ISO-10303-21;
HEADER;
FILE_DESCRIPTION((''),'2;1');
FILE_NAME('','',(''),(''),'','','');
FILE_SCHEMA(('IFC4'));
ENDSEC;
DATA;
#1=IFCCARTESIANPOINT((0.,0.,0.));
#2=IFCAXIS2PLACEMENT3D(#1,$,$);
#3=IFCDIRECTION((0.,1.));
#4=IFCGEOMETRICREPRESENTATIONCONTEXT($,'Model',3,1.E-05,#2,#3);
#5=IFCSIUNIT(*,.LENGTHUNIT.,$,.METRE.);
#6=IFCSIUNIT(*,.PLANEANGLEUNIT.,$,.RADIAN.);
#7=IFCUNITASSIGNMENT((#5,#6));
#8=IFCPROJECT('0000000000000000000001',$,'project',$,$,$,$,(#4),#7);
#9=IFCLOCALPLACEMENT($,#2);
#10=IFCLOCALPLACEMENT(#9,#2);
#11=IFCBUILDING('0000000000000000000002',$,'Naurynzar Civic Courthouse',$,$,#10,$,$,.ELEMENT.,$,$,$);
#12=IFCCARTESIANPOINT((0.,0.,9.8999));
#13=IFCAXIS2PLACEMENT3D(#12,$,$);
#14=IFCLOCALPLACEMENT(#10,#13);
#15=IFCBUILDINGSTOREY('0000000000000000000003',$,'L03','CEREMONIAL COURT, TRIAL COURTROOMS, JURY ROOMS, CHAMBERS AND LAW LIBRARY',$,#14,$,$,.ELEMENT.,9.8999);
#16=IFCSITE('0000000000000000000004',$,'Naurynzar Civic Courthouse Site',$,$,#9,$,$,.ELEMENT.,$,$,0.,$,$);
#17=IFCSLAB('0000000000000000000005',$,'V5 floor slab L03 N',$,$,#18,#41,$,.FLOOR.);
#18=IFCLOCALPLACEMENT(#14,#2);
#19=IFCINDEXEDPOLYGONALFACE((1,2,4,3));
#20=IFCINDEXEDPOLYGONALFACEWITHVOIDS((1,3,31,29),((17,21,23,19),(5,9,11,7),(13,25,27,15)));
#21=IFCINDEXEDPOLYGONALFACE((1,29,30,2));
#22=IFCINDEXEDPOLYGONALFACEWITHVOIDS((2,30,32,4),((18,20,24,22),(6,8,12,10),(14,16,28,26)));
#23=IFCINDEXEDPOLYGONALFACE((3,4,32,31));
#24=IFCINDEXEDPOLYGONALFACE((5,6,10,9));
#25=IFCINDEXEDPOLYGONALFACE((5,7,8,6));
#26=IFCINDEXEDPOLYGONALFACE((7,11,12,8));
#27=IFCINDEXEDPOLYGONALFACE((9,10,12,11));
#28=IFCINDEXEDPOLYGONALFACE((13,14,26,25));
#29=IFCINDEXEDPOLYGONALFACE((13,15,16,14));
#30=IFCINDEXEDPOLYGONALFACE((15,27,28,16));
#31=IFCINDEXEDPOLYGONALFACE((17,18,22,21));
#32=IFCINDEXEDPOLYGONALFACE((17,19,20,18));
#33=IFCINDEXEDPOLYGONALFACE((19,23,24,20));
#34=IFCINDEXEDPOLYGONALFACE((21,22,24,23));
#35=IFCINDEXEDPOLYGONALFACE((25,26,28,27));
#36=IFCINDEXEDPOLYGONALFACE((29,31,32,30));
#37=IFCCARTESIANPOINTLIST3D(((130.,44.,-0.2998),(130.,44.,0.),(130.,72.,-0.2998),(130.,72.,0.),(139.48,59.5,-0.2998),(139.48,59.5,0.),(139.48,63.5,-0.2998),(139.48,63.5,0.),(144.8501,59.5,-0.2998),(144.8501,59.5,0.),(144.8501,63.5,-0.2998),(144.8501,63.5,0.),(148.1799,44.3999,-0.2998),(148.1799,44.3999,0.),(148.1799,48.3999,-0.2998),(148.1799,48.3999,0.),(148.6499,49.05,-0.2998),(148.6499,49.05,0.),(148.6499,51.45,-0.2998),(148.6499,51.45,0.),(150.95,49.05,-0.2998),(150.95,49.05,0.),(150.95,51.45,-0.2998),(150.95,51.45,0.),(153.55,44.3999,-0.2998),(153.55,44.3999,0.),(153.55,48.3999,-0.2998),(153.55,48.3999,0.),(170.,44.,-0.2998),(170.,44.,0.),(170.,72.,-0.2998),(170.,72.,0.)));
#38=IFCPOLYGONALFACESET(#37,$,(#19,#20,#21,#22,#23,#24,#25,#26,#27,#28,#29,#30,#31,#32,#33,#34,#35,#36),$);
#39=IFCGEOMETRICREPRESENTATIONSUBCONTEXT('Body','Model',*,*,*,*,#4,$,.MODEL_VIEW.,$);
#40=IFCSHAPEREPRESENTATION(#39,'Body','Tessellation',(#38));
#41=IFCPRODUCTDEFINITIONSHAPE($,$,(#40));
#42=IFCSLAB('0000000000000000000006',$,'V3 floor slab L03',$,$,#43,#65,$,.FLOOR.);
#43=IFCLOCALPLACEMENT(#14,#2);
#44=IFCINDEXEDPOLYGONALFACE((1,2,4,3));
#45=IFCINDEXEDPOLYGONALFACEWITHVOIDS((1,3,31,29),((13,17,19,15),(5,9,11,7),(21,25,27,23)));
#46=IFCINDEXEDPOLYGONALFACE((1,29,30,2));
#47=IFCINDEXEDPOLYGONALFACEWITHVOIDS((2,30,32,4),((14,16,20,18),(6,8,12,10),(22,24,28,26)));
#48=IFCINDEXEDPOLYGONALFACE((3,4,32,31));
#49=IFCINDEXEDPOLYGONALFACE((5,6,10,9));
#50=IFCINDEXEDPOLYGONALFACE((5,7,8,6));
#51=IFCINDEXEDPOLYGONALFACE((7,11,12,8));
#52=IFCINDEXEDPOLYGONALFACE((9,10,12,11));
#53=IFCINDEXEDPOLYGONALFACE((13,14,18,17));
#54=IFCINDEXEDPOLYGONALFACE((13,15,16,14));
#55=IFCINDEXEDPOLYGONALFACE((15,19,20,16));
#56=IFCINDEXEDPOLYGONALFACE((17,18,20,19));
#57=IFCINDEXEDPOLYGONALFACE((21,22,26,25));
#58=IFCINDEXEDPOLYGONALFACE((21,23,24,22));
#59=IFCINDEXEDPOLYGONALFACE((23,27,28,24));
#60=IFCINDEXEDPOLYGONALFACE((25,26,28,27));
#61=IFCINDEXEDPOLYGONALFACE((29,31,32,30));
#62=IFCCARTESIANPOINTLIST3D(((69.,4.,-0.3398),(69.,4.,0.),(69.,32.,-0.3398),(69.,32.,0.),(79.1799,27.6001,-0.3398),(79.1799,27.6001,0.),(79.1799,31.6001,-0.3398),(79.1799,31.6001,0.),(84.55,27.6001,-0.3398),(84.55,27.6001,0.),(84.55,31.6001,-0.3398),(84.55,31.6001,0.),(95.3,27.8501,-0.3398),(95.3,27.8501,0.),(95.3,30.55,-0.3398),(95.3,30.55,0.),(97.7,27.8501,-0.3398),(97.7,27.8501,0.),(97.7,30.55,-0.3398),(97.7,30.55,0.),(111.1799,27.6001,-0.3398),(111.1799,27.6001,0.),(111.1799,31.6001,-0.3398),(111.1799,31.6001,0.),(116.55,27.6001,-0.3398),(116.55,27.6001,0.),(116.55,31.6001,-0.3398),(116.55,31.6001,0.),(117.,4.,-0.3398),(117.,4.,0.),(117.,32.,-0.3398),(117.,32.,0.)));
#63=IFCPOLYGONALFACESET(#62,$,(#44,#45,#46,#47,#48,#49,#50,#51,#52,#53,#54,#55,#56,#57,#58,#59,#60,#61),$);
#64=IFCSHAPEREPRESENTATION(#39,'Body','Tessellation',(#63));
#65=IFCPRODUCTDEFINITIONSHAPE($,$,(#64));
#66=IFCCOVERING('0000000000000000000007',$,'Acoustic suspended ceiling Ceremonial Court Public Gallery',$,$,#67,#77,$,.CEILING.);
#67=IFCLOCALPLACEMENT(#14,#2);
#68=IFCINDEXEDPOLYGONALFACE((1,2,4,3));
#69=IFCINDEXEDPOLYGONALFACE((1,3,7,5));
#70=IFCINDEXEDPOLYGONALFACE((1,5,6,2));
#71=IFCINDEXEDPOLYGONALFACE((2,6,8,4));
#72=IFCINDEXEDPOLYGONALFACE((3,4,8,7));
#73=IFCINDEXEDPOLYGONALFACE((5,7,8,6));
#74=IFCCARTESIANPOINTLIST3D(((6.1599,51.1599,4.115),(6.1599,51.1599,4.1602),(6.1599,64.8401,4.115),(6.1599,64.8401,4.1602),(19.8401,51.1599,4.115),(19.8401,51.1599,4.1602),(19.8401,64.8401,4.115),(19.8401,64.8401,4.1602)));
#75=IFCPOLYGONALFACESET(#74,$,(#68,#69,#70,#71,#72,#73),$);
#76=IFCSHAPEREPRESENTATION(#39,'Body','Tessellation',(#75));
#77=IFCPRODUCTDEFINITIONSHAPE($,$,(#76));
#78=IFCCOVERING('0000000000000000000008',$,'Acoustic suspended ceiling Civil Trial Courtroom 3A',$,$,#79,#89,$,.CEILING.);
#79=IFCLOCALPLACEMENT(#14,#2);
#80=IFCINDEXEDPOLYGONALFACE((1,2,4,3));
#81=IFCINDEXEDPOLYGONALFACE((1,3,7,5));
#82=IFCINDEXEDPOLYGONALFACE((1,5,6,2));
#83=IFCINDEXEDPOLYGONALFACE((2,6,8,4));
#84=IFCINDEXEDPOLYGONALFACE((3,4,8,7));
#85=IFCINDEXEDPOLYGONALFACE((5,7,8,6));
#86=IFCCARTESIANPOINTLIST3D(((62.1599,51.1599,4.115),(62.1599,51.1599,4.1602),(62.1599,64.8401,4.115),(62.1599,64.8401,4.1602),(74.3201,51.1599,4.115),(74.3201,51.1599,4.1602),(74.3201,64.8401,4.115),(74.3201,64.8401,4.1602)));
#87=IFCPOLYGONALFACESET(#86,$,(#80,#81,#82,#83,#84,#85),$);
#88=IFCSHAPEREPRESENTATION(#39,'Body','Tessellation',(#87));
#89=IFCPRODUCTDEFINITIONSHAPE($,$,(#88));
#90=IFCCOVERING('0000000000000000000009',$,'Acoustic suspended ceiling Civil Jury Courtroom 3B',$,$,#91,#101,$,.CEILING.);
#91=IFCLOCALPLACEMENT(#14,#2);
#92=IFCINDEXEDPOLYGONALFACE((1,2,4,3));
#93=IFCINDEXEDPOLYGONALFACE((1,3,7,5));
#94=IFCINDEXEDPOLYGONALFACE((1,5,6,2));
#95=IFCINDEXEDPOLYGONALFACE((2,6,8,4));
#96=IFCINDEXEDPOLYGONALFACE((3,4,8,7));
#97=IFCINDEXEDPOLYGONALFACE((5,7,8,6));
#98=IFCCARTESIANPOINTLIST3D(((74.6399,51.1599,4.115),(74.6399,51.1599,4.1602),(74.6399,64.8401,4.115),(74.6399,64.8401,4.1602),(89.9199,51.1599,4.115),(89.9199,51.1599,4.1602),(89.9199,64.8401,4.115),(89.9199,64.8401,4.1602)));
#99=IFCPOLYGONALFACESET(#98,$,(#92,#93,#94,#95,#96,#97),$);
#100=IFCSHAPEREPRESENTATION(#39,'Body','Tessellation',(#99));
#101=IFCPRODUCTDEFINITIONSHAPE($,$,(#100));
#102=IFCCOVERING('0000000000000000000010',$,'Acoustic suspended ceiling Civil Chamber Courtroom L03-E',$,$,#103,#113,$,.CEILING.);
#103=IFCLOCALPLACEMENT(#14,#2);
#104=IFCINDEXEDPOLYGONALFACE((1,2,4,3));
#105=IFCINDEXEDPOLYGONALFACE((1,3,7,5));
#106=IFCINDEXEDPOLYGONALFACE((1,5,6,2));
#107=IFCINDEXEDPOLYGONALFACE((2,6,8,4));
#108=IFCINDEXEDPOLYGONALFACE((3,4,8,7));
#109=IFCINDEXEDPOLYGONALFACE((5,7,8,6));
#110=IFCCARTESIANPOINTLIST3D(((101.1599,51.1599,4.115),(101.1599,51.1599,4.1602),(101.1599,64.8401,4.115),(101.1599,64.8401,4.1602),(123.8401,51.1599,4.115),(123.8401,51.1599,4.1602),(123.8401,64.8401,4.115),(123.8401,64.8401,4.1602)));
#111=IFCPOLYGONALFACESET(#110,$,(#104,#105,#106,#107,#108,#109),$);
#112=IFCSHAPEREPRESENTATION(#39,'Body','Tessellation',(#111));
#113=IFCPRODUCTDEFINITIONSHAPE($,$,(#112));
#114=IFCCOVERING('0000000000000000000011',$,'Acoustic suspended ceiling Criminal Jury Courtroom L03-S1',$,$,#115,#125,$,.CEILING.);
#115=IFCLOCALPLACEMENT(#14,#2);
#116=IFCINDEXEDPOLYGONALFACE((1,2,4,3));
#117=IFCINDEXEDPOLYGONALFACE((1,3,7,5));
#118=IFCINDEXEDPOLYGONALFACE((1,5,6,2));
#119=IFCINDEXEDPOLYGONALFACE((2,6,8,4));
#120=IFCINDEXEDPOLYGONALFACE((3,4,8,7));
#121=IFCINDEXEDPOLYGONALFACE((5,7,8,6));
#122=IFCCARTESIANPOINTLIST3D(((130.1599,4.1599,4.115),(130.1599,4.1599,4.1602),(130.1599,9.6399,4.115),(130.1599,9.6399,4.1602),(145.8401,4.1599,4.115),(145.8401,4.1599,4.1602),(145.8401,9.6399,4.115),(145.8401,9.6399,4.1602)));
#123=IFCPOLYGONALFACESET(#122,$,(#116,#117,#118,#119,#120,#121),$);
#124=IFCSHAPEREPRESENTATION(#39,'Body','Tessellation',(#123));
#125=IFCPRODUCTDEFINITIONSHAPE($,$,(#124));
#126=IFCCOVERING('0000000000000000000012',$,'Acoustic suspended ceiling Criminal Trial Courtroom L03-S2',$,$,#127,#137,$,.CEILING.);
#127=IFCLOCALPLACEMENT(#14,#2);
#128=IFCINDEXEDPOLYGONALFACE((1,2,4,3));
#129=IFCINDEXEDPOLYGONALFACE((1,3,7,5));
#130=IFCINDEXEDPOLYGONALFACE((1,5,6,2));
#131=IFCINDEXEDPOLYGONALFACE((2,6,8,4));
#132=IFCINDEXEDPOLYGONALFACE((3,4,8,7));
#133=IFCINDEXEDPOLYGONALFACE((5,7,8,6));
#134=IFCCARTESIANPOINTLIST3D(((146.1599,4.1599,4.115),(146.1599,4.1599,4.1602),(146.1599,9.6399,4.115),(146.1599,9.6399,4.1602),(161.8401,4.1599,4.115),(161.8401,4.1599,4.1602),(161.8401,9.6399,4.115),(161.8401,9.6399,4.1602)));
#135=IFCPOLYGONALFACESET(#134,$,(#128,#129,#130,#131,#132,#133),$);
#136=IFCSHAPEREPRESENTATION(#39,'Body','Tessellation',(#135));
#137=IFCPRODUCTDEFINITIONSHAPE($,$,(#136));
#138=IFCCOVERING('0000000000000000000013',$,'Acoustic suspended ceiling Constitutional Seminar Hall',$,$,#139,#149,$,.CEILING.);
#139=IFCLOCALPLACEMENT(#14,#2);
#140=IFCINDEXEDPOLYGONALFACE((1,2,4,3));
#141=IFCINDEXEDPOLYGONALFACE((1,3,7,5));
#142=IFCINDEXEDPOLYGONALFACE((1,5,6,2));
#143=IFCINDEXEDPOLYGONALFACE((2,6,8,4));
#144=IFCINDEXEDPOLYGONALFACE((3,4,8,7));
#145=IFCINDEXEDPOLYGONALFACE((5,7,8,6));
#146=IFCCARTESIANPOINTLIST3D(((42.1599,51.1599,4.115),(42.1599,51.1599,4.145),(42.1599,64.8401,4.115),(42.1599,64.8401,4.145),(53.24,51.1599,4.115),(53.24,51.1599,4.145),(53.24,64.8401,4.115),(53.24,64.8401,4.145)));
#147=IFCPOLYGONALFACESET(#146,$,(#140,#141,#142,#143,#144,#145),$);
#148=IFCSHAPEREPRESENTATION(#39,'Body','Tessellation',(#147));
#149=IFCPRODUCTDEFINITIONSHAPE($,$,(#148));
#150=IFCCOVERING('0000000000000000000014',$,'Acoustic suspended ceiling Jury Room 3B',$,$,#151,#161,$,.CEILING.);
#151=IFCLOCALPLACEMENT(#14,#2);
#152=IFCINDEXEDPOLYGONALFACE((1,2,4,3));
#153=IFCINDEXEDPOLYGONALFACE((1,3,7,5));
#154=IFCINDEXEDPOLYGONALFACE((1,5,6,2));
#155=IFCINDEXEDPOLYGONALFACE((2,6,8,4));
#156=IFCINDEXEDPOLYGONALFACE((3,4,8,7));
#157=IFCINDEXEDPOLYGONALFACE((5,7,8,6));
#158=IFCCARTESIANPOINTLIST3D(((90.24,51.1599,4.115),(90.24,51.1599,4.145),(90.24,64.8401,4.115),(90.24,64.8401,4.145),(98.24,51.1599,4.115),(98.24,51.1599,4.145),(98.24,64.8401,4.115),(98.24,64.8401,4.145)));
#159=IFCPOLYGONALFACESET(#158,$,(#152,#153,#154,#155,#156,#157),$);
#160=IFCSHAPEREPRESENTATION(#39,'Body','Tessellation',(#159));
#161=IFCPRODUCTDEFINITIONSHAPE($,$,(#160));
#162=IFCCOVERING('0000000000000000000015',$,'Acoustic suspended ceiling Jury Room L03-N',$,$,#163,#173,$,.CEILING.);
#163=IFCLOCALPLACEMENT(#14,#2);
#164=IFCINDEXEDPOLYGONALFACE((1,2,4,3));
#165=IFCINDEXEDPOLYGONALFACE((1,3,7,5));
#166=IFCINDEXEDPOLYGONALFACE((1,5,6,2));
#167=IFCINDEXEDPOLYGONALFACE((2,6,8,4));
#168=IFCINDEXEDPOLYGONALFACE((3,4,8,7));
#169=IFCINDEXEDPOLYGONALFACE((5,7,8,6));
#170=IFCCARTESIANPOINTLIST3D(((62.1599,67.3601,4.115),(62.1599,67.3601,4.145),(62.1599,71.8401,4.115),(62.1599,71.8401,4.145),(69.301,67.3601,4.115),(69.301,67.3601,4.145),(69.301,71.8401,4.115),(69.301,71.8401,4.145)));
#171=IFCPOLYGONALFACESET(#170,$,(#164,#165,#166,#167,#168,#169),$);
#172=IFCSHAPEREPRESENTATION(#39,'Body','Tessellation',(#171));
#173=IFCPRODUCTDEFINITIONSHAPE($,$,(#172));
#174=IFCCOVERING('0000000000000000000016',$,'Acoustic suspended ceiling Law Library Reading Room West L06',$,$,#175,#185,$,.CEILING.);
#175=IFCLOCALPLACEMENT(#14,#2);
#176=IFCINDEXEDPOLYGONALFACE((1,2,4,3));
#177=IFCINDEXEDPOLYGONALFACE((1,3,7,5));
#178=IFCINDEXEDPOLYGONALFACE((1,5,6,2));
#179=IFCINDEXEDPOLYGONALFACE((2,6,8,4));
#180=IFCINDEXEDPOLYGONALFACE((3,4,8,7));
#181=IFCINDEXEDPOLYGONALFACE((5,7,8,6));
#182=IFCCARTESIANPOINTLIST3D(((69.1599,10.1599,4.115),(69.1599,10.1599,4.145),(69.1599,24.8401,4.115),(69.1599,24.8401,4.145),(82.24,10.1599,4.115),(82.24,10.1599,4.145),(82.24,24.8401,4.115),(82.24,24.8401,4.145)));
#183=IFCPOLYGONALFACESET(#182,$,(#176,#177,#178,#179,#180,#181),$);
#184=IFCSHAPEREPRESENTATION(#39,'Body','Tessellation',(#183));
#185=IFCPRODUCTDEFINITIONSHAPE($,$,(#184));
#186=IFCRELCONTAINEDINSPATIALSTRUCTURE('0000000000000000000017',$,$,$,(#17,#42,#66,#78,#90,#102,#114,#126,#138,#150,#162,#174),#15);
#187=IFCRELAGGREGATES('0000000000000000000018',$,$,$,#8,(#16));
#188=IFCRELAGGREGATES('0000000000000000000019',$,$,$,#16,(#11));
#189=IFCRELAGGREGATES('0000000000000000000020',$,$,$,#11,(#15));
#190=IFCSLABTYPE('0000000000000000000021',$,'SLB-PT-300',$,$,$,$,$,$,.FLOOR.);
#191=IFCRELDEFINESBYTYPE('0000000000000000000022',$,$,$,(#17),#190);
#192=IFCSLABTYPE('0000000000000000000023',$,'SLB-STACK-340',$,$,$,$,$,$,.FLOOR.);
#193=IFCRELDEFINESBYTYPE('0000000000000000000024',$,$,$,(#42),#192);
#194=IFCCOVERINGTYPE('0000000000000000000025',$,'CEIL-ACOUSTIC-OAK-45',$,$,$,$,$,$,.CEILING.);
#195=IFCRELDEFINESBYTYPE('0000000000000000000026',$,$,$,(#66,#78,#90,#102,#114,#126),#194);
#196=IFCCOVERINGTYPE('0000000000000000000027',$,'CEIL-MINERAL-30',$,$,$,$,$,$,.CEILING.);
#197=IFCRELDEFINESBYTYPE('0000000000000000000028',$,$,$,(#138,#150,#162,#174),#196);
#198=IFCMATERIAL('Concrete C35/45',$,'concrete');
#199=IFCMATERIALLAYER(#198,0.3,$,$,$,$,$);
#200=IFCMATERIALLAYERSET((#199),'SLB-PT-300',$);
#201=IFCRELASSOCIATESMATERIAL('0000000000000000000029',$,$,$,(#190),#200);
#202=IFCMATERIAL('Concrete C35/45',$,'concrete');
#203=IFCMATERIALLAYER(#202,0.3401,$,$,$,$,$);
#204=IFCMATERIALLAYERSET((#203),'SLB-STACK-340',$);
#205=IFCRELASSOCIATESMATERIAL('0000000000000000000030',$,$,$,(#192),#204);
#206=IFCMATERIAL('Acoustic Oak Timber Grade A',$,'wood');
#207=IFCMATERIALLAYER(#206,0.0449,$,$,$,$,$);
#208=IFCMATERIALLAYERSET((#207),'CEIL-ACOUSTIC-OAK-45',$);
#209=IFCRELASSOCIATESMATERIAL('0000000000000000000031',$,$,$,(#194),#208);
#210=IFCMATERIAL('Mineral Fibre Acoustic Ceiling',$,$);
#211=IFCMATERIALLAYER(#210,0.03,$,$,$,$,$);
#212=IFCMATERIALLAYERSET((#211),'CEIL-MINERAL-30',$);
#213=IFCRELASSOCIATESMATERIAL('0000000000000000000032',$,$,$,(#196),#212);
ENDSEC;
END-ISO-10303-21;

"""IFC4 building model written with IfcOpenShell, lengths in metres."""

from ifc_helpers import new_model, si_unit, direction, frame, origin, place, context, subcontext, project, spatial, polyline, outline, extrude, material, layer, layer_set, type_object, element, save


model = new_model("IFC4")

# Units and contexts
model_context = context("Model", 3, precision=1e-05, world=origin(), true_north=direction((0.0, 1.0)))
body_context = subcontext(model_context, "Body", "Model", "MODEL_VIEW")
ifc_project = project(units=[si_unit("LENGTHUNIT", "METRE"), si_unit("PLANEANGLEUNIT", "RADIAN")], contexts=[model_context])

# Site, building, storey
site_placement = place(None, origin())
site = spatial("IfcSite", under=ifc_project, at=site_placement, Name="Naurynzar Civic Courthouse Site", CompositionType="ELEMENT", RefElevation=0.0)
building_placement = place(site_placement, origin())
building = spatial("IfcBuilding", under=site, at=building_placement, Name="Naurynzar Civic Courthouse", CompositionType="ELEMENT")
storey_placement = place(building_placement, frame((0.0, 0.0, 9.8999)))
storey = spatial("IfcBuildingStorey", under=building, at=storey_placement, Name="L03", Description="CEREMONIAL COURT, TRIAL COURTROOMS, JURY ROOMS, CHAMBERS AND LAW LIBRARY", CompositionType="ELEMENT", Elevation=9.8999)

# Slabs
ifc_material_1 = material(Name="Concrete C35/45", Category="concrete")
ifc_layer_1 = layer(ifc_material_1, 0.3)
ifc_layer_set_1 = layer_set([ifc_layer_1], Name="SLB-PT-300")
slab_type_1 = type_object("IfcSlabType", Name="SLB-PT-300", PredefinedType="FLOOR", material=ifc_layer_set_1)
slab_1_placement = place(storey_placement, frame((0.0, 0.0, -0.2998)))
element("IfcSlab", 1, at=slab_1_placement, inside=storey, type_object=slab_type_1, Name="V5 floor slab L03 N", PredefinedType="FLOOR", context=body_context, shape_type="SweptSolid", body=[
    extrude(outline(polyline([(170.0, 44.0), (170.0, 72.0), (130.0, 72.0), (130.0, 44.0), (170.0, 44.0)]), holes=[polyline([(139.48, 59.5), (144.8501, 59.5), (144.8501, 63.5), (139.48, 63.5), (139.48, 59.5)]), polyline([(148.1799, 44.3999), (153.55, 44.3999), (153.55, 48.3999), (148.1799, 48.3999), (148.1799, 44.3999)]), polyline([(148.6499, 49.05), (150.95, 49.05), (150.95, 51.45), (148.6499, 51.45), (148.6499, 49.05)])]), origin(), (0.0, 0.0, 1.0), 0.2998),
])
ifc_material_2 = material(Name="Concrete C35/45", Category="concrete")
ifc_layer_2 = layer(ifc_material_2, 0.3401)
ifc_layer_set_2 = layer_set([ifc_layer_2], Name="SLB-STACK-340")
slab_type_2 = type_object("IfcSlabType", Name="SLB-STACK-340", PredefinedType="FLOOR", material=ifc_layer_set_2)
slab_2_placement = place(storey_placement, frame((0.0, 0.0, -0.3398)))
element("IfcSlab", 2, at=slab_2_placement, inside=storey, type_object=slab_type_2, Name="V3 floor slab L03", PredefinedType="FLOOR", context=body_context, shape_type="SweptSolid", body=[
    extrude(outline(polyline([(117.0, 4.0), (117.0, 32.0), (69.0, 32.0), (69.0, 4.0), (117.0, 4.0)]), holes=[polyline([(79.1799, 27.6001), (84.55, 27.6001), (84.55, 31.6001), (79.1799, 31.6001), (79.1799, 27.6001)]), polyline([(111.1799, 27.6001), (116.55, 27.6001), (116.55, 31.6001), (111.1799, 31.6001), (111.1799, 27.6001)]), polyline([(95.3, 27.8501), (97.7, 27.8501), (97.7, 30.55), (95.3, 30.55), (95.3, 27.8501)])]), origin(), (0.0, 0.0, 1.0), 0.3398),
])

# Coverings
ifc_material_3 = material(Name="Acoustic Oak Timber Grade A", Category="wood")
ifc_layer_3 = layer(ifc_material_3, 0.0449)
ifc_layer_set_3 = layer_set([ifc_layer_3], Name="CEIL-ACOUSTIC-OAK-45")
covering_type_1 = type_object("IfcCoveringType", Name="CEIL-ACOUSTIC-OAK-45", PredefinedType="CEILING", material=ifc_layer_set_3)
covering_1_placement = place(storey_placement, frame((0.0, 0.0, 4.115)))
element("IfcCovering", 3, at=covering_1_placement, inside=storey, type_object=covering_type_1, Name="Acoustic suspended ceiling Ceremonial Court Public Gallery", PredefinedType="CEILING", context=body_context, shape_type="SweptSolid", body=[
    extrude(outline(polyline([(6.1599, 64.8401), (19.8401, 64.8401), (19.8401, 51.1599), (6.1599, 51.1599), (6.1599, 64.8401)])), origin(), (0.0, 0.0, 1.0), 0.0452),
])
covering_2_placement = place(storey_placement, frame((0.0, 0.0, 4.115)))
element("IfcCovering", 4, at=covering_2_placement, inside=storey, type_object=covering_type_1, Name="Acoustic suspended ceiling Civil Trial Courtroom 3A", PredefinedType="CEILING", context=body_context, shape_type="SweptSolid", body=[
    extrude(outline(polyline([(74.3201, 51.1599), (62.1599, 51.1599), (62.1599, 64.8401), (74.3201, 64.8401), (74.3201, 51.1599)])), origin(), (0.0, 0.0, 1.0), 0.0452),
])
covering_3_placement = place(storey_placement, frame((0.0, 0.0, 4.115)))
element("IfcCovering", 5, at=covering_3_placement, inside=storey, type_object=covering_type_1, Name="Acoustic suspended ceiling Civil Jury Courtroom 3B", PredefinedType="CEILING", context=body_context, shape_type="SweptSolid", body=[
    extrude(outline(polyline([(89.9199, 51.1599), (74.6399, 51.1599), (74.6399, 64.8401), (89.9199, 64.8401), (89.9199, 51.1599)])), origin(), (0.0, 0.0, 1.0), 0.0452),
])
covering_4_placement = place(storey_placement, frame((0.0, 0.0, 4.115)))
element("IfcCovering", 6, at=covering_4_placement, inside=storey, type_object=covering_type_1, Name="Acoustic suspended ceiling Civil Chamber Courtroom L03-E", PredefinedType="CEILING", context=body_context, shape_type="SweptSolid", body=[
    extrude(outline(polyline([(123.8401, 51.1599), (101.1599, 51.1599), (101.1599, 64.8401), (123.8401, 64.8401), (123.8401, 51.1599)])), origin(), (0.0, 0.0, 1.0), 0.0452),
])
covering_5_placement = place(storey_placement, frame((0.0, 0.0, 4.115)))
element("IfcCovering", 7, at=covering_5_placement, inside=storey, type_object=covering_type_1, Name="Acoustic suspended ceiling Criminal Jury Courtroom L03-S1", PredefinedType="CEILING", context=body_context, shape_type="SweptSolid", body=[
    extrude(outline(polyline([(130.1599, 4.1599), (130.1599, 9.6399), (145.8401, 9.6399), (145.8401, 4.1599), (130.1599, 4.1599)])), origin(), (0.0, 0.0, 1.0), 0.0452),
])
covering_6_placement = place(storey_placement, frame((0.0, 0.0, 4.115)))
element("IfcCovering", 8, at=covering_6_placement, inside=storey, type_object=covering_type_1, Name="Acoustic suspended ceiling Criminal Trial Courtroom L03-S2", PredefinedType="CEILING", context=body_context, shape_type="SweptSolid", body=[
    extrude(outline(polyline([(146.1599, 4.1599), (146.1599, 9.6399), (161.8401, 9.6399), (161.8401, 4.1599), (146.1599, 4.1599)])), origin(), (0.0, 0.0, 1.0), 0.0452),
])
ifc_material_4 = material(Name="Mineral Fibre Acoustic Ceiling")
ifc_layer_4 = layer(ifc_material_4, 0.03)
ifc_layer_set_4 = layer_set([ifc_layer_4], Name="CEIL-MINERAL-30")
covering_type_2 = type_object("IfcCoveringType", Name="CEIL-MINERAL-30", PredefinedType="CEILING", material=ifc_layer_set_4)
covering_7_placement = place(storey_placement, frame((0.0, 0.0, 4.115)))
element("IfcCovering", 9, at=covering_7_placement, inside=storey, type_object=covering_type_2, Name="Acoustic suspended ceiling Constitutional Seminar Hall", PredefinedType="CEILING", context=body_context, shape_type="SweptSolid", body=[
    extrude(outline(polyline([(42.1599, 64.8401), (53.24, 64.8401), (53.24, 51.1599), (42.1599, 51.1599), (42.1599, 64.8401)])), origin(), (0.0, 0.0, 1.0), 0.03),
])
covering_8_placement = place(storey_placement, frame((0.0, 0.0, 4.115)))
element("IfcCovering", 10, at=covering_8_placement, inside=storey, type_object=covering_type_2, Name="Acoustic suspended ceiling Jury Room 3B", PredefinedType="CEILING", context=body_context, shape_type="SweptSolid", body=[
    extrude(outline(polyline([(98.24, 51.1599), (90.24, 51.1599), (90.24, 64.8401), (98.24, 64.8401), (98.24, 51.1599)])), origin(), (0.0, 0.0, 1.0), 0.03),
])
covering_9_placement = place(storey_placement, frame((0.0, 0.0, 4.115)))
element("IfcCovering", 11, at=covering_9_placement, inside=storey, type_object=covering_type_2, Name="Acoustic suspended ceiling Jury Room L03-N", PredefinedType="CEILING", context=body_context, shape_type="SweptSolid", body=[
    extrude(outline(polyline([(69.301, 67.3601), (62.1599, 67.3601), (62.1599, 71.8401), (69.301, 71.8401), (69.301, 67.3601)])), origin(), (0.0, 0.0, 1.0), 0.03),
])
covering_10_placement = place(storey_placement, frame((0.0, 0.0, 4.115)))
element("IfcCovering", 12, at=covering_10_placement, inside=storey, type_object=covering_type_2, Name="Acoustic suspended ceiling Law Library Reading Room West L06", PredefinedType="CEILING", context=body_context, shape_type="SweptSolid", body=[
    extrude(outline(polyline([(82.24, 10.1599), (69.1599, 10.1599), (69.1599, 24.8401), (82.24, 24.8401), (82.24, 10.1599)])), origin(), (0.0, 0.0, 1.0), 0.03),
])

save(model, "model.ifc")
